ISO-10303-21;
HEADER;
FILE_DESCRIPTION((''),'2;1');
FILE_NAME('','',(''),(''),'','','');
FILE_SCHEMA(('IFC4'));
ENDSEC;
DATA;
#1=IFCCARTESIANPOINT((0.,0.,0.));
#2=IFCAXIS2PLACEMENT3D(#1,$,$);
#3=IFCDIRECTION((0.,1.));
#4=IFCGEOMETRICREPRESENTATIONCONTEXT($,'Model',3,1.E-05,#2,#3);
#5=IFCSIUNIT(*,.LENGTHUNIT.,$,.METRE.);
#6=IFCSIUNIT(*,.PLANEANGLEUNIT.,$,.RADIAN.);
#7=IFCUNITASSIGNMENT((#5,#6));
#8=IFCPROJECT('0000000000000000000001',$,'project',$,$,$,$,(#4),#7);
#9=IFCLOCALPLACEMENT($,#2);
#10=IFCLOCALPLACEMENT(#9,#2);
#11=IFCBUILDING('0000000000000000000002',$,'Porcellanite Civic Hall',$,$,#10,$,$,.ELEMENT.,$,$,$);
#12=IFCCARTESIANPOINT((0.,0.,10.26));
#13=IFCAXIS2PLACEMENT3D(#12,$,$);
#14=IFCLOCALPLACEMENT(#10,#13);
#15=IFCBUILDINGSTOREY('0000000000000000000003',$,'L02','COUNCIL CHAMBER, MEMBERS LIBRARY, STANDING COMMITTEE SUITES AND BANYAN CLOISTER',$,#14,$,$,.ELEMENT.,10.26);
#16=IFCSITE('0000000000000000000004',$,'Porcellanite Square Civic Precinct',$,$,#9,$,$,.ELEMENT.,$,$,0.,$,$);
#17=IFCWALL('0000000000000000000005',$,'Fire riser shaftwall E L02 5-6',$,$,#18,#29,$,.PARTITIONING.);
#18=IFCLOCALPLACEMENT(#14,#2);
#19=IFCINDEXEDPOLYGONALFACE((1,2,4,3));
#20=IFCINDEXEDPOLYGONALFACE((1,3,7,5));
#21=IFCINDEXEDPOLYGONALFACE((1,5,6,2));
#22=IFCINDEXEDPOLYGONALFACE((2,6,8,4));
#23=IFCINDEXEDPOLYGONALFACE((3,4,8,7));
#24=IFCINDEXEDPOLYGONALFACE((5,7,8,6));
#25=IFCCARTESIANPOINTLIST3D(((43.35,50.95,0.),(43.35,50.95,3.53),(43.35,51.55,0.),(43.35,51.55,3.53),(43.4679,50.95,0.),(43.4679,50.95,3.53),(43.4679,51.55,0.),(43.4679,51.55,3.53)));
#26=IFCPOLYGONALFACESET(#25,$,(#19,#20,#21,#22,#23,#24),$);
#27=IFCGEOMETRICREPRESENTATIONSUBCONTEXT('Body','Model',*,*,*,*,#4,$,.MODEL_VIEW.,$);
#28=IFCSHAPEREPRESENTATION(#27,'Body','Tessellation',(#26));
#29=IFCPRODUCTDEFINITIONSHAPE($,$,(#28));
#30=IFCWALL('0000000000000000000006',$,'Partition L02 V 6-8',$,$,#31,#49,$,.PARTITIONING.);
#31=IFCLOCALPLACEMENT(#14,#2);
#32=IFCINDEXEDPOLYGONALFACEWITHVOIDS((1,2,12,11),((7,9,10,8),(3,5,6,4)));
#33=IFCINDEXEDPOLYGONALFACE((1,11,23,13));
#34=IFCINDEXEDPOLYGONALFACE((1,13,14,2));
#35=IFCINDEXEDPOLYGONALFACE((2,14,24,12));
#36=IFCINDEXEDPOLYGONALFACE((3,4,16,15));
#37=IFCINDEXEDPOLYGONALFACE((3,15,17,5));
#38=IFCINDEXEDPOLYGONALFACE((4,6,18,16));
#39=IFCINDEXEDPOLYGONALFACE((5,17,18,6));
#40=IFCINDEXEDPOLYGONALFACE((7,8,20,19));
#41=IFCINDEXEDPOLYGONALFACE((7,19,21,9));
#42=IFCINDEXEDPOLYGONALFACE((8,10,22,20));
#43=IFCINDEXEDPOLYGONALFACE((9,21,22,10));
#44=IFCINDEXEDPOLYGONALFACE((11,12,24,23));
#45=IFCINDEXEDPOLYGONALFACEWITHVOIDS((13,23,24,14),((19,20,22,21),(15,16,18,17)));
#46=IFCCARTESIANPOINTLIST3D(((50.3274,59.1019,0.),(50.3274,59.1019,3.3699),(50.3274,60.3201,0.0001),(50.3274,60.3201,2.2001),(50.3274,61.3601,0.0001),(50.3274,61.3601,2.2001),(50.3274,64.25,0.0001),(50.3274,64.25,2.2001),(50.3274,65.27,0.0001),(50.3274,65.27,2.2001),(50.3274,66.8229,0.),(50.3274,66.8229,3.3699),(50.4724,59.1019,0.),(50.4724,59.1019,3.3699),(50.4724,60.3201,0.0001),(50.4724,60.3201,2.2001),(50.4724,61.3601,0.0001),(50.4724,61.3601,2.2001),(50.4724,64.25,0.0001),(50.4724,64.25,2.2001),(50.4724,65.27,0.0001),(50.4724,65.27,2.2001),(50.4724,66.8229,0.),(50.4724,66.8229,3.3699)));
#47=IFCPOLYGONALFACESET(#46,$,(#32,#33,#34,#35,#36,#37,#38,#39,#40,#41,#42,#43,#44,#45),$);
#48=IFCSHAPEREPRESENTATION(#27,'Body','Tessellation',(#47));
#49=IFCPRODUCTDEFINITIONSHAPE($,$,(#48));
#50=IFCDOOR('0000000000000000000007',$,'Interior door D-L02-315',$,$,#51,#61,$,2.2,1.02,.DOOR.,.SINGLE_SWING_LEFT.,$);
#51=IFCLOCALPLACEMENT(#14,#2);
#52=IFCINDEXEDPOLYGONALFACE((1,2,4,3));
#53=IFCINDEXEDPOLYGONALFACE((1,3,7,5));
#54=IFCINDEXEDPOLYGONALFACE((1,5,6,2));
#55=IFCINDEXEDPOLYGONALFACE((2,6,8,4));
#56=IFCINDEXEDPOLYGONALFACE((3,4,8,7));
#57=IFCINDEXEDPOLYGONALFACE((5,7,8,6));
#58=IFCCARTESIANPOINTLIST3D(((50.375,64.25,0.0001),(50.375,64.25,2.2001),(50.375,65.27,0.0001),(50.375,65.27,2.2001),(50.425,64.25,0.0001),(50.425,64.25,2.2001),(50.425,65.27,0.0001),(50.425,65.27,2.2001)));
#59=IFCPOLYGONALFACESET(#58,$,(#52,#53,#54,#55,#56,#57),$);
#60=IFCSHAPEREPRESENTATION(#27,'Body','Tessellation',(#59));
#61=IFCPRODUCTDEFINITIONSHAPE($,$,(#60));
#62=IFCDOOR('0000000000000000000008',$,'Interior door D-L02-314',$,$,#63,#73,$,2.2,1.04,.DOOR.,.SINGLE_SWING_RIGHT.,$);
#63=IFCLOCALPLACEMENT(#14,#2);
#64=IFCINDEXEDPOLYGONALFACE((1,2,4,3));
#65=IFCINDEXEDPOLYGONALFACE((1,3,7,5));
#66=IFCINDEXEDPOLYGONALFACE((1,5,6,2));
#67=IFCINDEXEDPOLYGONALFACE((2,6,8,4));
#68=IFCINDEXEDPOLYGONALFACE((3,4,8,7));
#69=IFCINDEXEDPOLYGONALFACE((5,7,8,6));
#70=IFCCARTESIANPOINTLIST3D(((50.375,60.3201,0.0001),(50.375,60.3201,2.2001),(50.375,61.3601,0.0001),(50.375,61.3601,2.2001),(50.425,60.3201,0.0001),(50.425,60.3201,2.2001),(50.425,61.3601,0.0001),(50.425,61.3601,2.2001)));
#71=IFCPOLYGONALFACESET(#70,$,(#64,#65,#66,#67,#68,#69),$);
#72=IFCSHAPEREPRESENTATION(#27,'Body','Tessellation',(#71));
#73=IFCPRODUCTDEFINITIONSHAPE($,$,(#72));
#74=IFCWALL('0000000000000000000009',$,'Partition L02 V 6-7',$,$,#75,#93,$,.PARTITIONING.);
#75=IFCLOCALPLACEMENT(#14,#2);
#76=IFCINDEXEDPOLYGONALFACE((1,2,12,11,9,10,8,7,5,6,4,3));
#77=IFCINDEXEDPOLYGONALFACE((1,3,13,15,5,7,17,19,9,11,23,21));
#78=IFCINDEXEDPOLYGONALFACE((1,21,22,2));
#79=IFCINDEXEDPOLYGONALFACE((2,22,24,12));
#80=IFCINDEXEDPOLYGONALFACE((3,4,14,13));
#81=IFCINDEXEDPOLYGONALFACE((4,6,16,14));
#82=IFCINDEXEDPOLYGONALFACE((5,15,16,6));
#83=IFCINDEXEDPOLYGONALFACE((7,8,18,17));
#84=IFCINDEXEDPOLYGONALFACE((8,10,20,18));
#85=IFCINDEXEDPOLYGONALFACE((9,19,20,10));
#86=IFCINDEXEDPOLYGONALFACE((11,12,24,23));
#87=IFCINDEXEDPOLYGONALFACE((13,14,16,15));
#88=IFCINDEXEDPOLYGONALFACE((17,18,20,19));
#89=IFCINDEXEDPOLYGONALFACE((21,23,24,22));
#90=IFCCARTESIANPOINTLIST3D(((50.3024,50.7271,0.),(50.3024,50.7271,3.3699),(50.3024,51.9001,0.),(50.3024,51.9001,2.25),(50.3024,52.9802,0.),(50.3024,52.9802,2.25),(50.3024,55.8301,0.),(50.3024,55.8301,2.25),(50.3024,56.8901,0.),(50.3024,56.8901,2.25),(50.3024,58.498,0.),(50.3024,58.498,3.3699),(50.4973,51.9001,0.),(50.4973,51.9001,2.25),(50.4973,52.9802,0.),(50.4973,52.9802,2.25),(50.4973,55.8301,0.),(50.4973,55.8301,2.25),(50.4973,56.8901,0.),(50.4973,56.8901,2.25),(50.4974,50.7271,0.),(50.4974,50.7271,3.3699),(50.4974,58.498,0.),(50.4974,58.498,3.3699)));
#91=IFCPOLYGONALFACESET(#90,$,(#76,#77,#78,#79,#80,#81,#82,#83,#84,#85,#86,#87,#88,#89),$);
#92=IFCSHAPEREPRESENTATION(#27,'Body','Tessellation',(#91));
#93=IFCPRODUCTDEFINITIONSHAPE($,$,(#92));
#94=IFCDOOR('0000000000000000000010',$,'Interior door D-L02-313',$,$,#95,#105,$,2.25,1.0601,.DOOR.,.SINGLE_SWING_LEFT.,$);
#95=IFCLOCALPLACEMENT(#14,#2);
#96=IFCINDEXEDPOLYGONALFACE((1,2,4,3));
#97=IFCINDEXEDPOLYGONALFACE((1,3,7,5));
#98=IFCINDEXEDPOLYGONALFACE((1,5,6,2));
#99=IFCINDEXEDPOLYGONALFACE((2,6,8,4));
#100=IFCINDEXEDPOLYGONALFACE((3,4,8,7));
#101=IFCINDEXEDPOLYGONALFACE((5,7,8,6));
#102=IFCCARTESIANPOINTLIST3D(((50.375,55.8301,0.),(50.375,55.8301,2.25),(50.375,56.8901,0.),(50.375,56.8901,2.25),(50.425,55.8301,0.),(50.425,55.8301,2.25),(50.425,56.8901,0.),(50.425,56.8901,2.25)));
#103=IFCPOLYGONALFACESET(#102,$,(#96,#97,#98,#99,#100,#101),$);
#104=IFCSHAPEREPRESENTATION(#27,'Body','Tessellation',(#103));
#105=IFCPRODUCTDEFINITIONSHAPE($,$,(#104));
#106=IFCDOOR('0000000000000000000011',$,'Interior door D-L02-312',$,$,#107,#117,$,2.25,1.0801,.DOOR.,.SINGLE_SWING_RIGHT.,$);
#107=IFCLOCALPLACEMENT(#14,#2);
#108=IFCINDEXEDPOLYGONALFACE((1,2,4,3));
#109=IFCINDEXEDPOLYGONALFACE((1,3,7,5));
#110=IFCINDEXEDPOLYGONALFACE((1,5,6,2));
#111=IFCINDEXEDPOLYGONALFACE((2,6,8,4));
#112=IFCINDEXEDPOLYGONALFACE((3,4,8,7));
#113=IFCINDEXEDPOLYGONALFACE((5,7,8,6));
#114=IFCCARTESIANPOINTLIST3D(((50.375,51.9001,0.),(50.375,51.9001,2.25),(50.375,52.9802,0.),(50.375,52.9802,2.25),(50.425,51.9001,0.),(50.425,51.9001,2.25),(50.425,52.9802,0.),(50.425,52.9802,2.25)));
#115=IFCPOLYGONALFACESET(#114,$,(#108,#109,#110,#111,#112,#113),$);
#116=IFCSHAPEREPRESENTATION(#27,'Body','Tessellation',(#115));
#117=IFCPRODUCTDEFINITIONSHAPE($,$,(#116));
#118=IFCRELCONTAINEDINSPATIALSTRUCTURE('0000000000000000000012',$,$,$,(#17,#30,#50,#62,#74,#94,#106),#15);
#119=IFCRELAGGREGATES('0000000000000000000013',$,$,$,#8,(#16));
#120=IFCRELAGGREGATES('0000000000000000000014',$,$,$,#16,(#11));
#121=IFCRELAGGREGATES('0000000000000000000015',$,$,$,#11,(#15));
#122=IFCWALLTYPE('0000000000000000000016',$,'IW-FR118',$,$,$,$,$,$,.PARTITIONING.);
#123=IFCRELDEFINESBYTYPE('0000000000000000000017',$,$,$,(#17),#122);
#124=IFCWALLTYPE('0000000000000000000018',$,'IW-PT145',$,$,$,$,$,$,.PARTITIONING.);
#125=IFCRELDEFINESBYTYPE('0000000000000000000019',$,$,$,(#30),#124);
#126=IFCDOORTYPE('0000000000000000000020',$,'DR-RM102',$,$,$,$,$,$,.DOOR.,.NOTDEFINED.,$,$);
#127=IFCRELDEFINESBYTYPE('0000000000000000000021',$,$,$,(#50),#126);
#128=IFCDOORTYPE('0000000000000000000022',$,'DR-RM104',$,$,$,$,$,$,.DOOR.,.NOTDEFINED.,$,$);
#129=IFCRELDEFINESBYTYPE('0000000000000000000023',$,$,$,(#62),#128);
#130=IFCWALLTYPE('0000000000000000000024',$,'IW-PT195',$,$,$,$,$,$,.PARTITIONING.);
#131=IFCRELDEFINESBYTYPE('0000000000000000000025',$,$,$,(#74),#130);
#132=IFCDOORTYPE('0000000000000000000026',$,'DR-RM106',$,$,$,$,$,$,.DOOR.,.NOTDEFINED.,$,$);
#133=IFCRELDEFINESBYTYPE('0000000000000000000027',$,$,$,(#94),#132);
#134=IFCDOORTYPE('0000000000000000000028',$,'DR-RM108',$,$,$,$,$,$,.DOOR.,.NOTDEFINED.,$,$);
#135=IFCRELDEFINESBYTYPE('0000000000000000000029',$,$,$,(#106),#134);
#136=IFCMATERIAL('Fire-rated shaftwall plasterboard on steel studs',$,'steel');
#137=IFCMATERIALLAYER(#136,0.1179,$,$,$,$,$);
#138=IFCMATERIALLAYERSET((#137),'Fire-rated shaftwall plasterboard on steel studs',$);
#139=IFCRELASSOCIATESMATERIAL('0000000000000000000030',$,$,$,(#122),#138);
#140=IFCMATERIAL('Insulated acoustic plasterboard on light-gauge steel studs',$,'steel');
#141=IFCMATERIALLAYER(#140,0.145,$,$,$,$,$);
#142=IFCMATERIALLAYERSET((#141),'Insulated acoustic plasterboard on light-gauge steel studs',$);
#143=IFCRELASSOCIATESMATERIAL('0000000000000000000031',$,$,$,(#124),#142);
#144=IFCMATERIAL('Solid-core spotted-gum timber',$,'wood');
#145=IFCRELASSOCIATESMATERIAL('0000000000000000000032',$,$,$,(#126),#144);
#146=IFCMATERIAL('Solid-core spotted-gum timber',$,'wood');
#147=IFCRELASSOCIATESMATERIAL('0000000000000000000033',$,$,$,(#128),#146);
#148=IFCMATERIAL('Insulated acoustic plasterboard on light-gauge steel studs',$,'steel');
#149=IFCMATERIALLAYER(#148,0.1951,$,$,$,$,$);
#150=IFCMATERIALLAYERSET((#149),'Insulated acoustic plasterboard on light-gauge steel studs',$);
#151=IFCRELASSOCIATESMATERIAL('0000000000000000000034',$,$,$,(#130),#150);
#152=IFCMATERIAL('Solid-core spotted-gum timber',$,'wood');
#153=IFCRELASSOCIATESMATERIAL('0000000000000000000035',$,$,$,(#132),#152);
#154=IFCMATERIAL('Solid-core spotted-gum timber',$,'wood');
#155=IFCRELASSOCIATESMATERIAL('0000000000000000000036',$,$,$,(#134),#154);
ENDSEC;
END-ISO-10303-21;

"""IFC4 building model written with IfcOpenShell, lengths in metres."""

from ifc_helpers import new_model, si_unit, direction, frame, frame_2d, origin, place, context, subcontext, project, spatial, rectangle, extrude, material, layer, layer_set, type_object, element, fill, save


model = new_model("IFC4")

# Units and contexts
model_context = context("Model", 3, precision=1e-05, world=origin(), true_north=direction((0.0, 1.0)))
body_context = subcontext(model_context, "Body", "Model", "MODEL_VIEW")
ifc_project = project(units=[si_unit("LENGTHUNIT", "METRE"), si_unit("PLANEANGLEUNIT", "RADIAN")], contexts=[model_context])

# Site, building, storey
site_placement = place(None, origin())
site = spatial("IfcSite", under=ifc_project, at=site_placement, Name="Porcellanite Square Civic Precinct", CompositionType="ELEMENT", RefElevation=0.0)
building_placement = place(site_placement, origin())
building = spatial("IfcBuilding", under=site, at=building_placement, Name="Porcellanite Civic Hall", CompositionType="ELEMENT")
storey_placement = place(building_placement, frame((0.0, 0.0, 10.26)))
storey = spatial("IfcBuildingStorey", under=building, at=storey_placement, Name="L02", Description="COUNCIL CHAMBER, MEMBERS LIBRARY, STANDING COMMITTEE SUITES AND BANYAN CLOISTER", CompositionType="ELEMENT", Elevation=10.26)

# Wall
ifc_material_1 = material(Name="Fire-rated shaftwall plasterboard on steel studs", Category="steel")
ifc_layer_1 = layer(ifc_material_1, 0.1179)
ifc_layer_set_1 = layer_set([ifc_layer_1], Name="Fire-rated shaftwall plasterboard on steel studs")
wall_type_1 = type_object("IfcWallType", Name="IW-FR118", PredefinedType="PARTITIONING", material=ifc_layer_set_1)
wall_1_placement = place(storey_placement, frame((43.4089, 50.95, 0.0), z_axis=(0.0, 0.0, 1.0), x_axis=(0.0, 1.0, 0.0)))
element("IfcWall", 1, at=wall_1_placement, inside=storey, type_object=wall_type_1, Name="Fire riser shaftwall E L02 5-6", PredefinedType="PARTITIONING", context=body_context, shape_type="SweptSolid", body=[
    extrude(rectangle(XDim=0.6001, YDim=0.1179, at=frame_2d((0.3, 0.0))), origin(), (0.0, 0.0, 1.0), 3.53),
])

# Walls, openings, doors
ifc_material_2 = material(Name="Insulated acoustic plasterboard on light-gauge steel studs", Category="steel")
ifc_layer_2 = layer(ifc_material_2, 0.145)
ifc_layer_set_2 = layer_set([ifc_layer_2], Name="Insulated acoustic plasterboard on light-gauge steel studs")
wall_type_2 = type_object("IfcWallType", Name="IW-PT145", PredefinedType="PARTITIONING", material=ifc_layer_set_2)
wall_2_placement = place(storey_placement, frame((50.3999, 59.1021, 0.0), z_axis=(0.0, 0.0, 1.0), x_axis=(0.0, 1.0, 0.0)))
wall_2 = element("IfcWall", 2, at=wall_2_placement, inside=storey, type_object=wall_type_2, Name="Partition L02 V 6-8", PredefinedType="PARTITIONING", context=body_context, shape_type="SweptSolid", body=[
    extrude(rectangle(XDim=7.7209, YDim=0.145, at=frame_2d((3.8604, 0.0))), origin(), (0.0, 0.0, 1.0), 3.3699),
])
opening_1_placement = place(wall_2_placement, frame((1.218, 0.0, 0.0)))
opening_1 = element("IfcOpeningElement", 3, at=opening_1_placement, cuts=wall_2, PredefinedType="OPENING", context=body_context, shape_type="SweptSolid", body=[
    extrude(rectangle(XDim=1.04, YDim=2.2, at=frame_2d((0.52, 1.1001))), frame((0.0, 0.0725, 0.0), z_axis=(0.0, -1.0, 0.0), x_axis=(1.0, 0.0, 0.0)), (0.0, 0.0, 1.0), 0.145),
])
opening_2_placement = place(wall_2_placement, frame((5.1479, 0.0, 0.0)))
opening_2 = element("IfcOpeningElement", 4, at=opening_2_placement, cuts=wall_2, PredefinedType="OPENING", context=body_context, shape_type="SweptSolid", body=[
    extrude(rectangle(XDim=1.02, YDim=2.2, at=frame_2d((0.51, 1.1001))), frame((0.0, 0.0725, 0.0), z_axis=(0.0, -1.0, 0.0), x_axis=(1.0, 0.0, 0.0)), (0.0, 0.0, 1.0), 0.145),
])
ifc_material_3 = material(Name="Solid-core spotted-gum timber", Category="wood")
door_type_1 = type_object("IfcDoorType", Name="DR-RM102", OperationType="NOTDEFINED", PredefinedType="DOOR", material=ifc_material_3)
door_1_placement = place(opening_2_placement, origin())
door_1 = element("IfcDoor", 5, at=door_1_placement, inside=storey, type_object=door_type_1, Name="Interior door D-L02-315", OperationType="SINGLE_SWING_LEFT", OverallHeight=2.2, OverallWidth=1.02, PredefinedType="DOOR", context=body_context, shape_type="SweptSolid", body=[
    extrude(rectangle(XDim=1.02, YDim=2.2, at=frame_2d((0.51, 1.1001))), frame((0.0, 0.0249, 0.0), z_axis=(0.0, -1.0, 0.0), x_axis=(1.0, 0.0, 0.0)), (0.0, 0.0, 1.0), 0.05),
])
fill(opening_2, door_1)
ifc_material_4 = material(Name="Solid-core spotted-gum timber", Category="wood")
door_type_2 = type_object("IfcDoorType", Name="DR-RM104", OperationType="NOTDEFINED", PredefinedType="DOOR", material=ifc_material_4)
door_2_placement = place(opening_1_placement, origin())
door_2 = element("IfcDoor", 6, at=door_2_placement, inside=storey, type_object=door_type_2, Name="Interior door D-L02-314", OperationType="SINGLE_SWING_RIGHT", OverallHeight=2.2, OverallWidth=1.04, PredefinedType="DOOR", context=body_context, shape_type="SweptSolid", body=[
    extrude(rectangle(XDim=1.04, YDim=2.2, at=frame_2d((0.52, 1.1001))), frame((0.0, 0.0249, 0.0), z_axis=(0.0, -1.0, 0.0), x_axis=(1.0, 0.0, 0.0)), (0.0, 0.0, 1.0), 0.05),
])
fill(opening_1, door_2)
ifc_material_5 = material(Name="Insulated acoustic plasterboard on light-gauge steel studs", Category="steel")
ifc_layer_3 = layer(ifc_material_5, 0.1951)
ifc_layer_set_3 = layer_set([ifc_layer_3], Name="Insulated acoustic plasterboard on light-gauge steel studs")
wall_type_3 = type_object("IfcWallType", Name="IW-PT195", PredefinedType="PARTITIONING", material=ifc_layer_set_3)
wall_3_placement = place(storey_placement, frame((50.3999, 50.7271, 0.0), z_axis=(0.0, 0.0, 1.0), x_axis=(0.0, 1.0, 0.0)))
wall_3 = element("IfcWall", 7, at=wall_3_placement, inside=storey, type_object=wall_type_3, Name="Partition L02 V 6-7", PredefinedType="PARTITIONING", context=body_context, shape_type="SweptSolid", body=[
    extrude(rectangle(XDim=7.771, YDim=0.1951, at=frame_2d((3.8855, 0.0))), origin(), (0.0, 0.0, 1.0), 3.3699),
])
opening_3_placement = place(wall_3_placement, frame((1.1731, 0.0, 0.0)))
opening_3 = element("IfcOpeningElement", 8, at=opening_3_placement, cuts=wall_3, PredefinedType="OPENING", context=body_context, shape_type="SweptSolid", body=[
    extrude(rectangle(XDim=1.0801, YDim=2.25, at=frame_2d((0.54, 1.125))), frame((0.0, 0.0977, 0.0), z_axis=(0.0, -1.0, 0.0), x_axis=(1.0, 0.0, 0.0)), (0.0, 0.0, 1.0), 0.1951),
])
opening_4_placement = place(wall_3_placement, frame((5.103, 0.0, 0.0)))
opening_4 = element("IfcOpeningElement", 9, at=opening_4_placement, cuts=wall_3, PredefinedType="OPENING", context=body_context, shape_type="SweptSolid", body=[
    extrude(rectangle(XDim=1.0601, YDim=2.25, at=frame_2d((0.53, 1.125))), frame((0.0, 0.0977, 0.0), z_axis=(0.0, -1.0, 0.0), x_axis=(1.0, 0.0, 0.0)), (0.0, 0.0, 1.0), 0.1951),
])
ifc_material_6 = material(Name="Solid-core spotted-gum timber", Category="wood")
door_type_3 = type_object("IfcDoorType", Name="DR-RM106", OperationType="NOTDEFINED", PredefinedType="DOOR", material=ifc_material_6)
door_3_placement = place(opening_4_placement, origin())
door_3 = element("IfcDoor", 10, at=door_3_placement, inside=storey, type_object=door_type_3, Name="Interior door D-L02-313", OperationType="SINGLE_SWING_LEFT", OverallHeight=2.25, OverallWidth=1.0601, PredefinedType="DOOR", context=body_context, shape_type="SweptSolid", body=[
    extrude(rectangle(XDim=1.0601, YDim=2.25, at=frame_2d((0.53, 1.125))), frame((0.0, 0.0249, 0.0), z_axis=(0.0, -1.0, 0.0), x_axis=(1.0, 0.0, 0.0)), (0.0, 0.0, 1.0), 0.05),
])
fill(opening_4, door_3)
ifc_material_7 = material(Name="Solid-core spotted-gum timber", Category="wood")
door_type_4 = type_object("IfcDoorType", Name="DR-RM108", OperationType="NOTDEFINED", PredefinedType="DOOR", material=ifc_material_7)
door_4_placement = place(opening_3_placement, origin())
door_4 = element("IfcDoor", 11, at=door_4_placement, inside=storey, type_object=door_type_4, Name="Interior door D-L02-312", OperationType="SINGLE_SWING_RIGHT", OverallHeight=2.25, OverallWidth=1.0801, PredefinedType="DOOR", context=body_context, shape_type="SweptSolid", body=[
    extrude(rectangle(XDim=1.0801, YDim=2.25, at=frame_2d((0.54, 1.125))), frame((0.0, 0.0249, 0.0), z_axis=(0.0, -1.0, 0.0), x_axis=(1.0, 0.0, 0.0)), (0.0, 0.0, 1.0), 0.05),
])
fill(opening_3, door_4)

save(model, "model.ifc")
